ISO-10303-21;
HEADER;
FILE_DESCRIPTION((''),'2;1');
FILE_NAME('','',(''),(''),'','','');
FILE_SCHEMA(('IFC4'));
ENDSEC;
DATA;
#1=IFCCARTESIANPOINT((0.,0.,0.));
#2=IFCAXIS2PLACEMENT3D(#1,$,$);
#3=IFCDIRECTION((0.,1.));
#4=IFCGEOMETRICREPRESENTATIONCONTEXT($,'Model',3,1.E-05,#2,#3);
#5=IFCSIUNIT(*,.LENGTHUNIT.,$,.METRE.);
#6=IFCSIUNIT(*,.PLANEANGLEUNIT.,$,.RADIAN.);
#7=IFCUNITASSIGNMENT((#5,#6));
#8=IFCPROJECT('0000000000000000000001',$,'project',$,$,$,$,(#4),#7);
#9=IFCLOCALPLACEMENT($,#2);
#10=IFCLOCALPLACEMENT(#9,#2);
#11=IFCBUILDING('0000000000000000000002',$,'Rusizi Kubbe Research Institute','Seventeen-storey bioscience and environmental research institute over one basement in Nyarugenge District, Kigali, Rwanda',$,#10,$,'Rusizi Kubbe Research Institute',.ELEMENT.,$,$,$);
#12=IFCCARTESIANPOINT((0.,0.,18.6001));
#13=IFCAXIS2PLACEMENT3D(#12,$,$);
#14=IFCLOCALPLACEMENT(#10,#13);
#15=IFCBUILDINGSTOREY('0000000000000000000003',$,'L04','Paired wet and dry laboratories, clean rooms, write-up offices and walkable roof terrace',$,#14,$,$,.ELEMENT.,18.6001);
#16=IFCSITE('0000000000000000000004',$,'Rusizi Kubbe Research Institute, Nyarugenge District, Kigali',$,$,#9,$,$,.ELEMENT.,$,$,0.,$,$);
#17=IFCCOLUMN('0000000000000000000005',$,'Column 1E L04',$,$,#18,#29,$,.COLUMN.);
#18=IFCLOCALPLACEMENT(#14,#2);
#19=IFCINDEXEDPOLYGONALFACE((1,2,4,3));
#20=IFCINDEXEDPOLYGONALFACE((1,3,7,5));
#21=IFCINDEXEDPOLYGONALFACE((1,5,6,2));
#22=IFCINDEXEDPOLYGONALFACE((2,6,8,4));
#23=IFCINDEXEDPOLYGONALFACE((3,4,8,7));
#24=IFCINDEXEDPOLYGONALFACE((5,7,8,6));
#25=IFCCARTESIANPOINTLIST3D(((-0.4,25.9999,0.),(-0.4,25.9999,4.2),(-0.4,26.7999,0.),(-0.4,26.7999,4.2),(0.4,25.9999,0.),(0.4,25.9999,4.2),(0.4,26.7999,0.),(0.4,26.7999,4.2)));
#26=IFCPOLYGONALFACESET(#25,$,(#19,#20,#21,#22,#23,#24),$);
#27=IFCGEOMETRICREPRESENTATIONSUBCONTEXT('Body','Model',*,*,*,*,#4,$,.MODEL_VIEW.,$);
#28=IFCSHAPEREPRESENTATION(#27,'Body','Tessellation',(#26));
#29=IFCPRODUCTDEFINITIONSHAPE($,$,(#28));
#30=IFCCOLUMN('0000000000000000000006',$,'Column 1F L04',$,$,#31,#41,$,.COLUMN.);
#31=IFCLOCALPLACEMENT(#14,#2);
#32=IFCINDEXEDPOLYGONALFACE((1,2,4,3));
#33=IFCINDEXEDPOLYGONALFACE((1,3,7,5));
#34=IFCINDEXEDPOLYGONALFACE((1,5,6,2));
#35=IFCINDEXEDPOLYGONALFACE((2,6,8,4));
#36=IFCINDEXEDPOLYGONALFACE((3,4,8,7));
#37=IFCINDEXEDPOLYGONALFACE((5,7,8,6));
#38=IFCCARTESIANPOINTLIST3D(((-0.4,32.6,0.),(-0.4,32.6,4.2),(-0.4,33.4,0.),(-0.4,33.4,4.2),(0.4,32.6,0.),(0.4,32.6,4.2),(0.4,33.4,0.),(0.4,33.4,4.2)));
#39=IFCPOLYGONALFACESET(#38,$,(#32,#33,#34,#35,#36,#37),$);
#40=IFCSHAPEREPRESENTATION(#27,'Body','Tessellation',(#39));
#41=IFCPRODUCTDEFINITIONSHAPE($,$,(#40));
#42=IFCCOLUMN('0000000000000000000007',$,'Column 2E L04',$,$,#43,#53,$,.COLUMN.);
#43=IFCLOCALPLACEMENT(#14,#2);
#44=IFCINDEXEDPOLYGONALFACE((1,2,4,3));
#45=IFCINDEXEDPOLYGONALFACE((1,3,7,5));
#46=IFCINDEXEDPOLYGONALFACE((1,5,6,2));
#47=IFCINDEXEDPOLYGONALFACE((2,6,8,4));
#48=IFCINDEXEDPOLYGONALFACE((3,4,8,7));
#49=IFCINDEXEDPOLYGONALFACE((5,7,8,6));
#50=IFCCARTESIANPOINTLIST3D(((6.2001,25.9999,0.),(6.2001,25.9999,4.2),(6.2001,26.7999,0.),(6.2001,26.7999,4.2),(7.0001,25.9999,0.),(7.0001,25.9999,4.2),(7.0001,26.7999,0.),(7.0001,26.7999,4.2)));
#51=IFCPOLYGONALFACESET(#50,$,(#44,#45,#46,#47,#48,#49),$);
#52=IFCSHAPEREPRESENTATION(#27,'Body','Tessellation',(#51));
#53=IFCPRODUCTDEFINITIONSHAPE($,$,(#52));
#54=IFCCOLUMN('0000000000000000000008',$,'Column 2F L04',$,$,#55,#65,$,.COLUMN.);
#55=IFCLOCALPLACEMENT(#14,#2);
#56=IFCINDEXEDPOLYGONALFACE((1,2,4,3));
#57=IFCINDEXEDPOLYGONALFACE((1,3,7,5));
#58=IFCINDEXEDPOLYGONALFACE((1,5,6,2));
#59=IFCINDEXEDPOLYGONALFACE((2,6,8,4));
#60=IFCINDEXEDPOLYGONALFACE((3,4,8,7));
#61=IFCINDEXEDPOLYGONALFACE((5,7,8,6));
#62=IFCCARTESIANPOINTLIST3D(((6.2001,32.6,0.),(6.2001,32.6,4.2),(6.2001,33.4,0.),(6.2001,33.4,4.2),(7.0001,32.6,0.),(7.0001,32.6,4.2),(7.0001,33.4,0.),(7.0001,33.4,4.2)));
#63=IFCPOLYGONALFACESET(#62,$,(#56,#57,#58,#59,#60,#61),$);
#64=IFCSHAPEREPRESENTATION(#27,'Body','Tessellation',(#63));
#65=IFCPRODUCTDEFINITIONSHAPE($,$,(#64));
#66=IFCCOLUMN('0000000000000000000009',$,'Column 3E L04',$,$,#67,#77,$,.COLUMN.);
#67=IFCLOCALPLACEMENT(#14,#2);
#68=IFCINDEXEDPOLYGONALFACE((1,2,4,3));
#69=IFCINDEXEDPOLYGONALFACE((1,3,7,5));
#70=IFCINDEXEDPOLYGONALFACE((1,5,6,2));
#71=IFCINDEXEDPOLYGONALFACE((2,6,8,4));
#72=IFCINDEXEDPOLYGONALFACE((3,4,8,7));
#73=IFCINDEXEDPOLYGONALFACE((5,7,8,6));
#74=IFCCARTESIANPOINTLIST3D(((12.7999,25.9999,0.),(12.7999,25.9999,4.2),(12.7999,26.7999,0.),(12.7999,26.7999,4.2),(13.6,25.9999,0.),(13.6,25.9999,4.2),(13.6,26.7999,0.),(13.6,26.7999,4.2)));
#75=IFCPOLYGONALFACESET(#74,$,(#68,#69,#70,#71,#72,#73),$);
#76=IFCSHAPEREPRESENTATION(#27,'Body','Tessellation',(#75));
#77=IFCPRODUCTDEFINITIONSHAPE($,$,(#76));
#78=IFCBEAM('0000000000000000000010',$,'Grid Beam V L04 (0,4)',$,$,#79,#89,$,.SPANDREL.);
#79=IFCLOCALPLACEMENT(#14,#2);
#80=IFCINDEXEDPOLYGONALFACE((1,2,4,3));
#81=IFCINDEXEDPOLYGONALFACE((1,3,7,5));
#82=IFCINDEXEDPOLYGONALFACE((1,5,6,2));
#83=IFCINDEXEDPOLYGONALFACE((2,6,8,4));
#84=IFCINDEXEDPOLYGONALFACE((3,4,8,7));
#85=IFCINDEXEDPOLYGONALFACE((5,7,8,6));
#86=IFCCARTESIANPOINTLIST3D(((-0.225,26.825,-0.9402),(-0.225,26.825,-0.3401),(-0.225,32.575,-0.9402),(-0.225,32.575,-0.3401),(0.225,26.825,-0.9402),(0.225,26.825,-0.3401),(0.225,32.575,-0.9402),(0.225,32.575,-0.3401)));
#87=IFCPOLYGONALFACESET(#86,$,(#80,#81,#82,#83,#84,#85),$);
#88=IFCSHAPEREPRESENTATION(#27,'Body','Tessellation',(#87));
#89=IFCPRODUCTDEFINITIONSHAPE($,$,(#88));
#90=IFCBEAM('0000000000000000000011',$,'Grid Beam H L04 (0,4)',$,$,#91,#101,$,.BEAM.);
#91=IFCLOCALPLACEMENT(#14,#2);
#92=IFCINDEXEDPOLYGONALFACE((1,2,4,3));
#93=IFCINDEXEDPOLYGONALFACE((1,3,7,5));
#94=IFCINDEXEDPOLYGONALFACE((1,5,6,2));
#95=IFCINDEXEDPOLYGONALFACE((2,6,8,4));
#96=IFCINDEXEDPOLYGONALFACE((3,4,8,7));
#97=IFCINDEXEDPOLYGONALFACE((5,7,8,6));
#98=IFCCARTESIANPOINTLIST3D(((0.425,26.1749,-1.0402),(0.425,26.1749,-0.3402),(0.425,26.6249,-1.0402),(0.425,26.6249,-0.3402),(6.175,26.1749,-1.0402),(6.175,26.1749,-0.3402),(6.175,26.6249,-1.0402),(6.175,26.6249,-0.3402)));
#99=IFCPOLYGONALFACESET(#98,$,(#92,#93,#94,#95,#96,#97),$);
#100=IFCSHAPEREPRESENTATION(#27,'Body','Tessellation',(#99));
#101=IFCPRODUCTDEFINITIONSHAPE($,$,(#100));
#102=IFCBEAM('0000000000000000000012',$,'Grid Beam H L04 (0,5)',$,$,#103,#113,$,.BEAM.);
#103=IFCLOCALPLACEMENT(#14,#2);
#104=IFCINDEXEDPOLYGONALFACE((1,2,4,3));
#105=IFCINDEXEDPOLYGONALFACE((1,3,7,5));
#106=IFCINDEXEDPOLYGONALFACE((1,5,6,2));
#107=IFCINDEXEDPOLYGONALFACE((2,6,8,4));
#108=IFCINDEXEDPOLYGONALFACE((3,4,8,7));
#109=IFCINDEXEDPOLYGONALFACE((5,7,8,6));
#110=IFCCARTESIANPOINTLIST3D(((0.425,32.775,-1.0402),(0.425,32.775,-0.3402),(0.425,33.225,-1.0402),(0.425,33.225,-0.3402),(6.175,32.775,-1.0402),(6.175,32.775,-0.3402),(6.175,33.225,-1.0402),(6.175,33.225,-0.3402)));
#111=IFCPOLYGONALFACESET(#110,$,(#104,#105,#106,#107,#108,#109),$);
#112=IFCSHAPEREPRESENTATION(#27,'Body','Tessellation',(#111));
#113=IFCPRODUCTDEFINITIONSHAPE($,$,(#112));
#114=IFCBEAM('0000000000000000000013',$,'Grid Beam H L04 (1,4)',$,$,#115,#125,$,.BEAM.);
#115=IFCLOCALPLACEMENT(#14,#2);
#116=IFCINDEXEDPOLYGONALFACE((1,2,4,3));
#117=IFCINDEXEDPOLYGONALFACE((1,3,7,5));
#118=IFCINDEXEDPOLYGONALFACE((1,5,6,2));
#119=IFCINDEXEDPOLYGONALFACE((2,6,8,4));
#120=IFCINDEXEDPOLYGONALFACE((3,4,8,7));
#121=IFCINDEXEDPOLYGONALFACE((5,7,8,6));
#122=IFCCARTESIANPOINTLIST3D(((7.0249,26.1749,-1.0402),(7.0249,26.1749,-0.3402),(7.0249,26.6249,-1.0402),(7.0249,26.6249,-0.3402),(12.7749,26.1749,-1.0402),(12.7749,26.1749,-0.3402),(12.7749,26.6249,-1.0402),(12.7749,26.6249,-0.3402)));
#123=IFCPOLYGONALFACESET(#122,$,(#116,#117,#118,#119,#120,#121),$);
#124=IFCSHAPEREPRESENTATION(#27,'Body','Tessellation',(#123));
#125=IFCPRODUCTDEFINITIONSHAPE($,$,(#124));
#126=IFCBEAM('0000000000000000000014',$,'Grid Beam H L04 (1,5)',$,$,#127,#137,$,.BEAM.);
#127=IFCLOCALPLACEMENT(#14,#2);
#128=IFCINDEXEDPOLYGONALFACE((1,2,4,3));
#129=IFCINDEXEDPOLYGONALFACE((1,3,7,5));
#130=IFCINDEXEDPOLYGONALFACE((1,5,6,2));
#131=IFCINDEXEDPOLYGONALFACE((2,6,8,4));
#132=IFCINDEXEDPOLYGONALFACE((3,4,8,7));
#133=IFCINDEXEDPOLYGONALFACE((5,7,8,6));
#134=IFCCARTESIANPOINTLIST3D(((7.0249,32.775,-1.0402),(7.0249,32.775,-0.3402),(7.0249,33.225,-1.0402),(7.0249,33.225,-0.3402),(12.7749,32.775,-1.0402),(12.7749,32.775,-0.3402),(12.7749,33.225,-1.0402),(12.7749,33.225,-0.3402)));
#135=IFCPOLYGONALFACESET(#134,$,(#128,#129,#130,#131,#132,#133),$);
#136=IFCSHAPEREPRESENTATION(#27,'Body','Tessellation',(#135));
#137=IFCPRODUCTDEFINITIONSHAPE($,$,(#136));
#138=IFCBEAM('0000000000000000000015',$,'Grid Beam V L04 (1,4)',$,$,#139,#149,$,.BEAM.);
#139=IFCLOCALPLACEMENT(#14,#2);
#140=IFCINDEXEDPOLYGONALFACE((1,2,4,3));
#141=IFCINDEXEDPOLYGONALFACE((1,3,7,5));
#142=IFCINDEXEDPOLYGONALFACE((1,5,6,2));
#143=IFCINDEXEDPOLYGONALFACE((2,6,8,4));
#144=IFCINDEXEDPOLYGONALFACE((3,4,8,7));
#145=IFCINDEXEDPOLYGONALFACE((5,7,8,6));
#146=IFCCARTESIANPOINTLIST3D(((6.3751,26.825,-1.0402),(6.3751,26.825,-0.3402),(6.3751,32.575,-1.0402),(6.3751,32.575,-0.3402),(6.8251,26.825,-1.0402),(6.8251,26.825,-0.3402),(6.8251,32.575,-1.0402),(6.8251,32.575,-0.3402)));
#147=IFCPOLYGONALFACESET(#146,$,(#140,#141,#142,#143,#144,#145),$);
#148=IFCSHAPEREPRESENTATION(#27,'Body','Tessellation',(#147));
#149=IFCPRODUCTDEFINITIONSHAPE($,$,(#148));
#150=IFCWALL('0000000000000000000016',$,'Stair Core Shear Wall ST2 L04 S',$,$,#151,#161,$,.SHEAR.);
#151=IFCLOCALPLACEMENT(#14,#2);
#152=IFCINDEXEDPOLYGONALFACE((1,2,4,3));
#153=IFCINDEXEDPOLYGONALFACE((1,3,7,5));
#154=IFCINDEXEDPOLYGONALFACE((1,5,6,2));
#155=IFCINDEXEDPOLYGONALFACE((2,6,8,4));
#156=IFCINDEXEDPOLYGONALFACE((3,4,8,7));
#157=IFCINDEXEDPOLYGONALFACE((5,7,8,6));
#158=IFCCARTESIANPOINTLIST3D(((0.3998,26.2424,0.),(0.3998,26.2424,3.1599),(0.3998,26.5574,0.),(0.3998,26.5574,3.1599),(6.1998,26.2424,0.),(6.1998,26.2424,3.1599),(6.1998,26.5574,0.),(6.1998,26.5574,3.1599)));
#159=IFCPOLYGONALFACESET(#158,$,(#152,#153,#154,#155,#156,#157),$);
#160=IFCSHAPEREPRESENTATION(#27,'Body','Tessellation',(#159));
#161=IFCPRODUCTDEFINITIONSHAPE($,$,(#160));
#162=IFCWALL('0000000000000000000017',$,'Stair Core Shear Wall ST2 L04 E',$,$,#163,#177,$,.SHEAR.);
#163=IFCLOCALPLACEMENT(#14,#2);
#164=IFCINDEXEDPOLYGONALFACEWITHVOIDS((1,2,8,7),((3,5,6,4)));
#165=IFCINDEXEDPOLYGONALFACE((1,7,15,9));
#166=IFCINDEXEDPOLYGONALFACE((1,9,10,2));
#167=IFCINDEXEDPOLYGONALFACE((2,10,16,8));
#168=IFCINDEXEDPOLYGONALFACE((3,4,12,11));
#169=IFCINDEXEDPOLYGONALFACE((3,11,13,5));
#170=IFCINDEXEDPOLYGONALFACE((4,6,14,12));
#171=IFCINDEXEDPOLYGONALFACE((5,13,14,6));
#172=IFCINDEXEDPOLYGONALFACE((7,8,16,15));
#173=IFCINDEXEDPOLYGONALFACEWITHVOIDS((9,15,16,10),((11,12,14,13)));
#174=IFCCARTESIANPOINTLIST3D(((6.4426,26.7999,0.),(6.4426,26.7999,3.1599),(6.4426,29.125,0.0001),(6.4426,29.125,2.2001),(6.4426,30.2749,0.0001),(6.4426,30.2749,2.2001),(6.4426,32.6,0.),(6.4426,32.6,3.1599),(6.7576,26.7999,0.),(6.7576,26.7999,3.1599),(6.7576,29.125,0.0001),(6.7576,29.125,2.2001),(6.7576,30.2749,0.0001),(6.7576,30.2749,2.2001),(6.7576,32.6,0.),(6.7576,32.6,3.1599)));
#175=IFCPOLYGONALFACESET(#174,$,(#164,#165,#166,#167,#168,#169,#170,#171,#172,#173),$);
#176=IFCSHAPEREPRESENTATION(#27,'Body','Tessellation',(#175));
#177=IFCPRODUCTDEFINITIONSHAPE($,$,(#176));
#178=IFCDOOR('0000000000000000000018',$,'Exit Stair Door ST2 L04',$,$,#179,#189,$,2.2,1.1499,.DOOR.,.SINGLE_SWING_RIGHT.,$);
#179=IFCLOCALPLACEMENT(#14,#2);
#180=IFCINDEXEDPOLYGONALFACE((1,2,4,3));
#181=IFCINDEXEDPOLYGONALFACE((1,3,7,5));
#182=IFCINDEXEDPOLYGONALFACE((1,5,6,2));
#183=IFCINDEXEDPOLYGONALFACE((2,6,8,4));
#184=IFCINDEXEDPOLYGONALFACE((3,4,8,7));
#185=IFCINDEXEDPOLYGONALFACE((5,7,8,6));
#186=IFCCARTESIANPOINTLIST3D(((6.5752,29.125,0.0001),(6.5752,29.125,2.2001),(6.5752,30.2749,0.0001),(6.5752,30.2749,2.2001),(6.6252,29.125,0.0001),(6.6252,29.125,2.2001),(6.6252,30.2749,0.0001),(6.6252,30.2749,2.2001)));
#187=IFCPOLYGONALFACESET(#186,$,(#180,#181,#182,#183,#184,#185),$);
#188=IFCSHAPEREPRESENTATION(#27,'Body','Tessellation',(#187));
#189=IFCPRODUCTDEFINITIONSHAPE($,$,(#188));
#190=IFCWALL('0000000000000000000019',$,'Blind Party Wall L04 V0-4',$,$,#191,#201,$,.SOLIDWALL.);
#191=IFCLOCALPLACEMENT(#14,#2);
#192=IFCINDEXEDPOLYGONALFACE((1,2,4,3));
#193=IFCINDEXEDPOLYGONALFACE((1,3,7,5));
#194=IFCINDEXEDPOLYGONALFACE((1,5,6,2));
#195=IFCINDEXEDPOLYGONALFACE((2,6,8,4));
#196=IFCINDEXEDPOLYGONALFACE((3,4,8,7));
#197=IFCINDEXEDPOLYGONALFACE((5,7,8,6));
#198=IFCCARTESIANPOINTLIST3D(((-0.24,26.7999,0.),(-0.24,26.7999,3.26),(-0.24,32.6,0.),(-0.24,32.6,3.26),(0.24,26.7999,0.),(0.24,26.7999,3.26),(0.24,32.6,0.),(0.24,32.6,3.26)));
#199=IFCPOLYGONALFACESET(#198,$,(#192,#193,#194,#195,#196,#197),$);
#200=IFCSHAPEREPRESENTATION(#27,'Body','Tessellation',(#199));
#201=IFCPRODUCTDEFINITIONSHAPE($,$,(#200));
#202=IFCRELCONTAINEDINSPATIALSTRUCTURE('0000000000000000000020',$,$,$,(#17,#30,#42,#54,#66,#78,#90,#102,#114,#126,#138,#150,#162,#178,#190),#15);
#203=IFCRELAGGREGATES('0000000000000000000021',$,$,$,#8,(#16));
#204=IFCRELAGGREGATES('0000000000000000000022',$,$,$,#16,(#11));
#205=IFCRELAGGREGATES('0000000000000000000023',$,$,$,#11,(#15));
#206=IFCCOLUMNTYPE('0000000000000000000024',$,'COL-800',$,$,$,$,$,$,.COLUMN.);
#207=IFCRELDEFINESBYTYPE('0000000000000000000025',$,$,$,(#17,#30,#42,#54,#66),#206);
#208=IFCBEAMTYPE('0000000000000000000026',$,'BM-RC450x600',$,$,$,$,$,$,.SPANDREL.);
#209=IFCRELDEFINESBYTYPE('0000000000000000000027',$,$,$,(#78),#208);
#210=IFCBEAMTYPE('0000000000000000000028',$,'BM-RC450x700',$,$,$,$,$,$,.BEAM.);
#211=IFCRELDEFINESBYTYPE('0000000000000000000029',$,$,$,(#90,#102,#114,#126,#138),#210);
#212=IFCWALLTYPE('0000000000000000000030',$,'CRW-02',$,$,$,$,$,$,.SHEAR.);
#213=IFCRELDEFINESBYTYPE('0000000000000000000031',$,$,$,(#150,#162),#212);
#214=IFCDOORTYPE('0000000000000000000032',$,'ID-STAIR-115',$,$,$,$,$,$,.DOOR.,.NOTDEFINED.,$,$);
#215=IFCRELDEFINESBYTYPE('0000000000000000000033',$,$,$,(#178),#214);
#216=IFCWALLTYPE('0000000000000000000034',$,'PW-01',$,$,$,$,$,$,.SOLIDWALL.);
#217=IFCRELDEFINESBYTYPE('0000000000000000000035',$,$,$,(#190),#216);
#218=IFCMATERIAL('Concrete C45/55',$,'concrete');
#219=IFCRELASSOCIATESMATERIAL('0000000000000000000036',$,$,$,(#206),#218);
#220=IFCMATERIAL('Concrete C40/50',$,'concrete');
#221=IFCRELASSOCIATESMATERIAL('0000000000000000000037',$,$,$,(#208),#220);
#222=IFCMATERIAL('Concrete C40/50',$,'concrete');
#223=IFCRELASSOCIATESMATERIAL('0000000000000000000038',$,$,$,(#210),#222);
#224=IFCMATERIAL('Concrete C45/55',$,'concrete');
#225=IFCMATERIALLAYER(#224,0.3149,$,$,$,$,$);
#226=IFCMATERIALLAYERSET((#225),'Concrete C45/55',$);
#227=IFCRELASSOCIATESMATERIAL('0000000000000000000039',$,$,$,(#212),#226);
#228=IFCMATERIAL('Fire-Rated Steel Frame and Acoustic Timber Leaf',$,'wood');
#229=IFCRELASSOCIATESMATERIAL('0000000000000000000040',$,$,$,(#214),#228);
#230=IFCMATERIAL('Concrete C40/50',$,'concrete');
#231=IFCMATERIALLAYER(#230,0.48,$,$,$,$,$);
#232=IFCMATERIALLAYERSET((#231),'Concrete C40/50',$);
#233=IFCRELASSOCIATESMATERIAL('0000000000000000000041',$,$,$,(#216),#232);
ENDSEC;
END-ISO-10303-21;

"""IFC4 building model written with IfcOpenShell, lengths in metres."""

from ifc_helpers import new_model, si_unit, direction, frame, frame_2d, origin, origin_2d, place, context, subcontext, project, spatial, rectangle, extrude, material, layer, layer_set, material_profile, profile_set, type_object, element, fill, save


model = new_model("IFC4")

# Units and contexts
model_context = context("Model", 3, precision=1e-05, world=origin(), true_north=direction((0.0, 1.0)))
body_context = subcontext(model_context, "Body", "Model", "MODEL_VIEW")
ifc_project = project(units=[si_unit("LENGTHUNIT", "METRE"), si_unit("PLANEANGLEUNIT", "RADIAN")], contexts=[model_context])

# Site, building, storey
site_placement = place(None, origin())
site = spatial("IfcSite", under=ifc_project, at=site_placement, Name="Rusizi Kubbe Research Institute, Nyarugenge District, Kigali", CompositionType="ELEMENT", RefElevation=0.0)
building_placement = place(site_placement, origin())
building = spatial("IfcBuilding", under=site, at=building_placement, Name="Rusizi Kubbe Research Institute", Description="Seventeen-storey bioscience and environmental research institute over one basement in Nyarugenge District, Kigali, Rwanda", LongName="Rusizi Kubbe Research Institute", CompositionType="ELEMENT")
storey_placement = place(building_placement, frame((0.0, 0.0, 18.6001)))
storey = spatial("IfcBuildingStorey", under=building, at=storey_placement, Name="L04", Description="Paired wet and dry laboratories, clean rooms, write-up offices and walkable roof terrace", CompositionType="ELEMENT", Elevation=18.6001)

# Columns
ifc_material_1 = material(Name="Concrete C45/55", Category="concrete")
ifc_material_profile_1 = material_profile(ifc_material_1, rectangle(XDim=0.8, YDim=0.8, at=origin_2d()), Name="RC800x800")
ifc_profile_set_1 = profile_set([ifc_material_profile_1], Name="Concrete C45/55")
column_type = type_object("IfcColumnType", Name="COL-800", PredefinedType="COLUMN", material=ifc_profile_set_1)
for number, where, z_axis, x_axis, name in (
    (1, (0.0, 26.3999, 0.0), (0.0, 0.0, 1.0), (1.0, 0.0, 0.0), "Column 1E L04"),
    (2, (0.0, 33.0, 0.0), (0.0, 0.0, 1.0), (1.0, 0.0, 0.0), "Column 1F L04"),
    (3, (6.6001, 26.3999, 0.0), (0.0, 0.0, 1.0), (1.0, 0.0, 0.0), "Column 2E L04"),
    (4, (6.6001, 33.0, 0.0), (0.0, 0.0, 1.0), (1.0, 0.0, 0.0), "Column 2F L04"),
    (5, (13.2, 26.3999, 0.0), (0.0, 0.0, 1.0), (1.0, 0.0, 0.0), "Column 3E L04"),
):
    element("IfcColumn", number, at=place(storey_placement, frame(where, z_axis=z_axis, x_axis=x_axis)), inside=storey, type_object=column_type, Name=name, PredefinedType="COLUMN", context=body_context, shape_type="SweptSolid", body=[
        extrude(rectangle(XDim=0.8, YDim=0.8, at=origin_2d()), origin(), (0.0, 0.0, 1.0), 4.2),
    ])

# Beams
ifc_material_2 = material(Name="Concrete C40/50", Category="concrete")
ifc_material_profile_2 = material_profile(ifc_material_2, rectangle(XDim=0.45, YDim=0.6001, at=origin_2d()), Name="RC450x600")
ifc_profile_set_2 = profile_set([ifc_material_profile_2], Name="Concrete C40/50")
beam_type_1 = type_object("IfcBeamType", Name="BM-RC450x600", PredefinedType="SPANDREL", material=ifc_profile_set_2)
beam_placement = place(storey_placement, frame((0.0, 26.825, -0.6401), z_axis=(0.0, 1.0, 0.0), x_axis=(-1.0, 0.0, 0.0)))
element("IfcBeam", 6, at=beam_placement, inside=storey, type_object=beam_type_1, Name="Grid Beam V L04 (0,4)", PredefinedType="SPANDREL", context=body_context, shape_type="SweptSolid", body=[
    extrude(rectangle(XDim=0.45, YDim=0.6001, at=origin_2d()), origin(), (0.0, 0.0, 1.0), 5.75),
])
ifc_material_3 = material(Name="Concrete C40/50", Category="concrete")
ifc_material_profile_3 = material_profile(ifc_material_3, rectangle(XDim=0.45, YDim=0.7, at=origin_2d()), Name="RC450x700B")
ifc_profile_set_3 = profile_set([ifc_material_profile_3], Name="Concrete C40/50")
beam_type_2 = type_object("IfcBeamType", Name="BM-RC450x700", PredefinedType="BEAM", material=ifc_profile_set_3)
for number, where, z_axis, x_axis, name in (
    (7, (0.425, 26.3999, -0.6902), (1.0, 0.0, 0.0), (0.0, 1.0, 0.0), "Grid Beam H L04 (0,4)"),
    (8, (0.425, 33.0, -0.6902), (1.0, 0.0, 0.0), (0.0, 1.0, 0.0), "Grid Beam H L04 (0,5)"),
    (9, (7.0249, 26.3999, -0.6902), (1.0, 0.0, 0.0), (0.0, 1.0, 0.0), "Grid Beam H L04 (1,4)"),
    (10, (7.0249, 33.0, -0.6902), (1.0, 0.0, 0.0), (0.0, 1.0, 0.0), "Grid Beam H L04 (1,5)"),
    (11, (6.6001, 26.825, -0.6902), (0.0, 1.0, 0.0), (-1.0, 0.0, 0.0), "Grid Beam V L04 (1,4)"),
):
    element("IfcBeam", number, at=place(storey_placement, frame(where, z_axis=z_axis, x_axis=x_axis)), inside=storey, type_object=beam_type_2, Name=name, PredefinedType="BEAM", context=body_context, shape_type="SweptSolid", body=[
        extrude(rectangle(XDim=0.45, YDim=0.7, at=origin_2d()), origin(), (0.0, 0.0, 1.0), 5.75),
    ])

# Wall
ifc_material_4 = material(Name="Concrete C45/55", Category="concrete")
ifc_layer_1 = layer(ifc_material_4, 0.3149)
ifc_layer_set_1 = layer_set([ifc_layer_1], Name="Concrete C45/55")
wall_type_1 = type_object("IfcWallType", Name="CRW-02", PredefinedType="SHEAR", material=ifc_layer_set_1)
wall_1_placement = place(storey_placement, frame((0.3999, 26.3999, 0.0), z_axis=(0.0, 0.0, 1.0), x_axis=(1.0, 0.0, 0.0)))
element("IfcWall", 12, at=wall_1_placement, inside=storey, type_object=wall_type_1, Name="Stair Core Shear Wall ST2 L04 S", PredefinedType="SHEAR", context=body_context, shape_type="SweptSolid", body=[
    extrude(rectangle(XDim=5.8, YDim=0.3149, at=frame_2d((2.8999, 0.0))), origin(), (0.0, 0.0, 1.0), 3.1599),
])

# Wall, opening, door
wall_2_placement = place(storey_placement, frame((6.6001, 26.8, 0.0), z_axis=(0.0, 0.0, 1.0), x_axis=(0.0, 1.0, 0.0)))
wall_2 = element("IfcWall", 13, at=wall_2_placement, inside=storey, type_object=wall_type_1, Name="Stair Core Shear Wall ST2 L04 E", PredefinedType="SHEAR", context=body_context, shape_type="SweptSolid", body=[
    extrude(rectangle(XDim=5.8, YDim=0.3149, at=frame_2d((2.8999, 0.0))), origin(), (0.0, 0.0, 1.0), 3.1599),
])
opening_placement = place(wall_2_placement, frame((2.325, 0.0, 0.0)))
opening = element("IfcOpeningElement", 14, at=opening_placement, cuts=wall_2, PredefinedType="OPENING", context=body_context, shape_type="SweptSolid", body=[
    extrude(rectangle(XDim=1.1499, YDim=2.2, at=frame_2d((0.575, 1.1001))), frame((0.0, 0.1675, 0.0), z_axis=(0.0, -1.0, 0.0), x_axis=(1.0, 0.0, 0.0)), (0.0, 0.0, 1.0), 0.335),
])
ifc_material_5 = material(Name="Fire-Rated Steel Frame and Acoustic Timber Leaf", Category="wood")
door_type = type_object("IfcDoorType", Name="ID-STAIR-115", OperationType="NOTDEFINED", PredefinedType="DOOR", material=ifc_material_5)
door_placement = place(opening_placement, origin())
door = element("IfcDoor", 15, at=door_placement, inside=storey, type_object=door_type, Name="Exit Stair Door ST2 L04", OperationType="SINGLE_SWING_RIGHT", OverallHeight=2.2, OverallWidth=1.1499, PredefinedType="DOOR", context=body_context, shape_type="SweptSolid", body=[
    extrude(rectangle(XDim=1.1499, YDim=2.2, at=frame_2d((0.575, 1.1001))), frame((0.0, 0.0249, 0.0), z_axis=(0.0, -1.0, 0.0), x_axis=(1.0, 0.0, 0.0)), (0.0, 0.0, 1.0), 0.05),
])
fill(opening, door)

# Wall
ifc_material_6 = material(Name="Concrete C40/50", Category="concrete")
ifc_layer_2 = layer(ifc_material_6, 0.48)
ifc_layer_set_2 = layer_set([ifc_layer_2], Name="Concrete C40/50")
wall_type_2 = type_object("IfcWallType", Name="PW-01", PredefinedType="SOLIDWALL", material=ifc_layer_set_2)
wall_3_placement = place(storey_placement, frame((0.0, 26.8, 0.0), z_axis=(0.0, 0.0, 1.0), x_axis=(0.0, 1.0, 0.0)))
element("IfcWall", 16, at=wall_3_placement, inside=storey, type_object=wall_type_2, Name="Blind Party Wall L04 V0-4", PredefinedType="SOLIDWALL", context=body_context, shape_type="SweptSolid", body=[
    extrude(rectangle(XDim=5.8, YDim=0.48, at=frame_2d((2.8999, 0.0))), origin(), (0.0, 0.0, 1.0), 3.26),
])

save(model, "model.ifc")
